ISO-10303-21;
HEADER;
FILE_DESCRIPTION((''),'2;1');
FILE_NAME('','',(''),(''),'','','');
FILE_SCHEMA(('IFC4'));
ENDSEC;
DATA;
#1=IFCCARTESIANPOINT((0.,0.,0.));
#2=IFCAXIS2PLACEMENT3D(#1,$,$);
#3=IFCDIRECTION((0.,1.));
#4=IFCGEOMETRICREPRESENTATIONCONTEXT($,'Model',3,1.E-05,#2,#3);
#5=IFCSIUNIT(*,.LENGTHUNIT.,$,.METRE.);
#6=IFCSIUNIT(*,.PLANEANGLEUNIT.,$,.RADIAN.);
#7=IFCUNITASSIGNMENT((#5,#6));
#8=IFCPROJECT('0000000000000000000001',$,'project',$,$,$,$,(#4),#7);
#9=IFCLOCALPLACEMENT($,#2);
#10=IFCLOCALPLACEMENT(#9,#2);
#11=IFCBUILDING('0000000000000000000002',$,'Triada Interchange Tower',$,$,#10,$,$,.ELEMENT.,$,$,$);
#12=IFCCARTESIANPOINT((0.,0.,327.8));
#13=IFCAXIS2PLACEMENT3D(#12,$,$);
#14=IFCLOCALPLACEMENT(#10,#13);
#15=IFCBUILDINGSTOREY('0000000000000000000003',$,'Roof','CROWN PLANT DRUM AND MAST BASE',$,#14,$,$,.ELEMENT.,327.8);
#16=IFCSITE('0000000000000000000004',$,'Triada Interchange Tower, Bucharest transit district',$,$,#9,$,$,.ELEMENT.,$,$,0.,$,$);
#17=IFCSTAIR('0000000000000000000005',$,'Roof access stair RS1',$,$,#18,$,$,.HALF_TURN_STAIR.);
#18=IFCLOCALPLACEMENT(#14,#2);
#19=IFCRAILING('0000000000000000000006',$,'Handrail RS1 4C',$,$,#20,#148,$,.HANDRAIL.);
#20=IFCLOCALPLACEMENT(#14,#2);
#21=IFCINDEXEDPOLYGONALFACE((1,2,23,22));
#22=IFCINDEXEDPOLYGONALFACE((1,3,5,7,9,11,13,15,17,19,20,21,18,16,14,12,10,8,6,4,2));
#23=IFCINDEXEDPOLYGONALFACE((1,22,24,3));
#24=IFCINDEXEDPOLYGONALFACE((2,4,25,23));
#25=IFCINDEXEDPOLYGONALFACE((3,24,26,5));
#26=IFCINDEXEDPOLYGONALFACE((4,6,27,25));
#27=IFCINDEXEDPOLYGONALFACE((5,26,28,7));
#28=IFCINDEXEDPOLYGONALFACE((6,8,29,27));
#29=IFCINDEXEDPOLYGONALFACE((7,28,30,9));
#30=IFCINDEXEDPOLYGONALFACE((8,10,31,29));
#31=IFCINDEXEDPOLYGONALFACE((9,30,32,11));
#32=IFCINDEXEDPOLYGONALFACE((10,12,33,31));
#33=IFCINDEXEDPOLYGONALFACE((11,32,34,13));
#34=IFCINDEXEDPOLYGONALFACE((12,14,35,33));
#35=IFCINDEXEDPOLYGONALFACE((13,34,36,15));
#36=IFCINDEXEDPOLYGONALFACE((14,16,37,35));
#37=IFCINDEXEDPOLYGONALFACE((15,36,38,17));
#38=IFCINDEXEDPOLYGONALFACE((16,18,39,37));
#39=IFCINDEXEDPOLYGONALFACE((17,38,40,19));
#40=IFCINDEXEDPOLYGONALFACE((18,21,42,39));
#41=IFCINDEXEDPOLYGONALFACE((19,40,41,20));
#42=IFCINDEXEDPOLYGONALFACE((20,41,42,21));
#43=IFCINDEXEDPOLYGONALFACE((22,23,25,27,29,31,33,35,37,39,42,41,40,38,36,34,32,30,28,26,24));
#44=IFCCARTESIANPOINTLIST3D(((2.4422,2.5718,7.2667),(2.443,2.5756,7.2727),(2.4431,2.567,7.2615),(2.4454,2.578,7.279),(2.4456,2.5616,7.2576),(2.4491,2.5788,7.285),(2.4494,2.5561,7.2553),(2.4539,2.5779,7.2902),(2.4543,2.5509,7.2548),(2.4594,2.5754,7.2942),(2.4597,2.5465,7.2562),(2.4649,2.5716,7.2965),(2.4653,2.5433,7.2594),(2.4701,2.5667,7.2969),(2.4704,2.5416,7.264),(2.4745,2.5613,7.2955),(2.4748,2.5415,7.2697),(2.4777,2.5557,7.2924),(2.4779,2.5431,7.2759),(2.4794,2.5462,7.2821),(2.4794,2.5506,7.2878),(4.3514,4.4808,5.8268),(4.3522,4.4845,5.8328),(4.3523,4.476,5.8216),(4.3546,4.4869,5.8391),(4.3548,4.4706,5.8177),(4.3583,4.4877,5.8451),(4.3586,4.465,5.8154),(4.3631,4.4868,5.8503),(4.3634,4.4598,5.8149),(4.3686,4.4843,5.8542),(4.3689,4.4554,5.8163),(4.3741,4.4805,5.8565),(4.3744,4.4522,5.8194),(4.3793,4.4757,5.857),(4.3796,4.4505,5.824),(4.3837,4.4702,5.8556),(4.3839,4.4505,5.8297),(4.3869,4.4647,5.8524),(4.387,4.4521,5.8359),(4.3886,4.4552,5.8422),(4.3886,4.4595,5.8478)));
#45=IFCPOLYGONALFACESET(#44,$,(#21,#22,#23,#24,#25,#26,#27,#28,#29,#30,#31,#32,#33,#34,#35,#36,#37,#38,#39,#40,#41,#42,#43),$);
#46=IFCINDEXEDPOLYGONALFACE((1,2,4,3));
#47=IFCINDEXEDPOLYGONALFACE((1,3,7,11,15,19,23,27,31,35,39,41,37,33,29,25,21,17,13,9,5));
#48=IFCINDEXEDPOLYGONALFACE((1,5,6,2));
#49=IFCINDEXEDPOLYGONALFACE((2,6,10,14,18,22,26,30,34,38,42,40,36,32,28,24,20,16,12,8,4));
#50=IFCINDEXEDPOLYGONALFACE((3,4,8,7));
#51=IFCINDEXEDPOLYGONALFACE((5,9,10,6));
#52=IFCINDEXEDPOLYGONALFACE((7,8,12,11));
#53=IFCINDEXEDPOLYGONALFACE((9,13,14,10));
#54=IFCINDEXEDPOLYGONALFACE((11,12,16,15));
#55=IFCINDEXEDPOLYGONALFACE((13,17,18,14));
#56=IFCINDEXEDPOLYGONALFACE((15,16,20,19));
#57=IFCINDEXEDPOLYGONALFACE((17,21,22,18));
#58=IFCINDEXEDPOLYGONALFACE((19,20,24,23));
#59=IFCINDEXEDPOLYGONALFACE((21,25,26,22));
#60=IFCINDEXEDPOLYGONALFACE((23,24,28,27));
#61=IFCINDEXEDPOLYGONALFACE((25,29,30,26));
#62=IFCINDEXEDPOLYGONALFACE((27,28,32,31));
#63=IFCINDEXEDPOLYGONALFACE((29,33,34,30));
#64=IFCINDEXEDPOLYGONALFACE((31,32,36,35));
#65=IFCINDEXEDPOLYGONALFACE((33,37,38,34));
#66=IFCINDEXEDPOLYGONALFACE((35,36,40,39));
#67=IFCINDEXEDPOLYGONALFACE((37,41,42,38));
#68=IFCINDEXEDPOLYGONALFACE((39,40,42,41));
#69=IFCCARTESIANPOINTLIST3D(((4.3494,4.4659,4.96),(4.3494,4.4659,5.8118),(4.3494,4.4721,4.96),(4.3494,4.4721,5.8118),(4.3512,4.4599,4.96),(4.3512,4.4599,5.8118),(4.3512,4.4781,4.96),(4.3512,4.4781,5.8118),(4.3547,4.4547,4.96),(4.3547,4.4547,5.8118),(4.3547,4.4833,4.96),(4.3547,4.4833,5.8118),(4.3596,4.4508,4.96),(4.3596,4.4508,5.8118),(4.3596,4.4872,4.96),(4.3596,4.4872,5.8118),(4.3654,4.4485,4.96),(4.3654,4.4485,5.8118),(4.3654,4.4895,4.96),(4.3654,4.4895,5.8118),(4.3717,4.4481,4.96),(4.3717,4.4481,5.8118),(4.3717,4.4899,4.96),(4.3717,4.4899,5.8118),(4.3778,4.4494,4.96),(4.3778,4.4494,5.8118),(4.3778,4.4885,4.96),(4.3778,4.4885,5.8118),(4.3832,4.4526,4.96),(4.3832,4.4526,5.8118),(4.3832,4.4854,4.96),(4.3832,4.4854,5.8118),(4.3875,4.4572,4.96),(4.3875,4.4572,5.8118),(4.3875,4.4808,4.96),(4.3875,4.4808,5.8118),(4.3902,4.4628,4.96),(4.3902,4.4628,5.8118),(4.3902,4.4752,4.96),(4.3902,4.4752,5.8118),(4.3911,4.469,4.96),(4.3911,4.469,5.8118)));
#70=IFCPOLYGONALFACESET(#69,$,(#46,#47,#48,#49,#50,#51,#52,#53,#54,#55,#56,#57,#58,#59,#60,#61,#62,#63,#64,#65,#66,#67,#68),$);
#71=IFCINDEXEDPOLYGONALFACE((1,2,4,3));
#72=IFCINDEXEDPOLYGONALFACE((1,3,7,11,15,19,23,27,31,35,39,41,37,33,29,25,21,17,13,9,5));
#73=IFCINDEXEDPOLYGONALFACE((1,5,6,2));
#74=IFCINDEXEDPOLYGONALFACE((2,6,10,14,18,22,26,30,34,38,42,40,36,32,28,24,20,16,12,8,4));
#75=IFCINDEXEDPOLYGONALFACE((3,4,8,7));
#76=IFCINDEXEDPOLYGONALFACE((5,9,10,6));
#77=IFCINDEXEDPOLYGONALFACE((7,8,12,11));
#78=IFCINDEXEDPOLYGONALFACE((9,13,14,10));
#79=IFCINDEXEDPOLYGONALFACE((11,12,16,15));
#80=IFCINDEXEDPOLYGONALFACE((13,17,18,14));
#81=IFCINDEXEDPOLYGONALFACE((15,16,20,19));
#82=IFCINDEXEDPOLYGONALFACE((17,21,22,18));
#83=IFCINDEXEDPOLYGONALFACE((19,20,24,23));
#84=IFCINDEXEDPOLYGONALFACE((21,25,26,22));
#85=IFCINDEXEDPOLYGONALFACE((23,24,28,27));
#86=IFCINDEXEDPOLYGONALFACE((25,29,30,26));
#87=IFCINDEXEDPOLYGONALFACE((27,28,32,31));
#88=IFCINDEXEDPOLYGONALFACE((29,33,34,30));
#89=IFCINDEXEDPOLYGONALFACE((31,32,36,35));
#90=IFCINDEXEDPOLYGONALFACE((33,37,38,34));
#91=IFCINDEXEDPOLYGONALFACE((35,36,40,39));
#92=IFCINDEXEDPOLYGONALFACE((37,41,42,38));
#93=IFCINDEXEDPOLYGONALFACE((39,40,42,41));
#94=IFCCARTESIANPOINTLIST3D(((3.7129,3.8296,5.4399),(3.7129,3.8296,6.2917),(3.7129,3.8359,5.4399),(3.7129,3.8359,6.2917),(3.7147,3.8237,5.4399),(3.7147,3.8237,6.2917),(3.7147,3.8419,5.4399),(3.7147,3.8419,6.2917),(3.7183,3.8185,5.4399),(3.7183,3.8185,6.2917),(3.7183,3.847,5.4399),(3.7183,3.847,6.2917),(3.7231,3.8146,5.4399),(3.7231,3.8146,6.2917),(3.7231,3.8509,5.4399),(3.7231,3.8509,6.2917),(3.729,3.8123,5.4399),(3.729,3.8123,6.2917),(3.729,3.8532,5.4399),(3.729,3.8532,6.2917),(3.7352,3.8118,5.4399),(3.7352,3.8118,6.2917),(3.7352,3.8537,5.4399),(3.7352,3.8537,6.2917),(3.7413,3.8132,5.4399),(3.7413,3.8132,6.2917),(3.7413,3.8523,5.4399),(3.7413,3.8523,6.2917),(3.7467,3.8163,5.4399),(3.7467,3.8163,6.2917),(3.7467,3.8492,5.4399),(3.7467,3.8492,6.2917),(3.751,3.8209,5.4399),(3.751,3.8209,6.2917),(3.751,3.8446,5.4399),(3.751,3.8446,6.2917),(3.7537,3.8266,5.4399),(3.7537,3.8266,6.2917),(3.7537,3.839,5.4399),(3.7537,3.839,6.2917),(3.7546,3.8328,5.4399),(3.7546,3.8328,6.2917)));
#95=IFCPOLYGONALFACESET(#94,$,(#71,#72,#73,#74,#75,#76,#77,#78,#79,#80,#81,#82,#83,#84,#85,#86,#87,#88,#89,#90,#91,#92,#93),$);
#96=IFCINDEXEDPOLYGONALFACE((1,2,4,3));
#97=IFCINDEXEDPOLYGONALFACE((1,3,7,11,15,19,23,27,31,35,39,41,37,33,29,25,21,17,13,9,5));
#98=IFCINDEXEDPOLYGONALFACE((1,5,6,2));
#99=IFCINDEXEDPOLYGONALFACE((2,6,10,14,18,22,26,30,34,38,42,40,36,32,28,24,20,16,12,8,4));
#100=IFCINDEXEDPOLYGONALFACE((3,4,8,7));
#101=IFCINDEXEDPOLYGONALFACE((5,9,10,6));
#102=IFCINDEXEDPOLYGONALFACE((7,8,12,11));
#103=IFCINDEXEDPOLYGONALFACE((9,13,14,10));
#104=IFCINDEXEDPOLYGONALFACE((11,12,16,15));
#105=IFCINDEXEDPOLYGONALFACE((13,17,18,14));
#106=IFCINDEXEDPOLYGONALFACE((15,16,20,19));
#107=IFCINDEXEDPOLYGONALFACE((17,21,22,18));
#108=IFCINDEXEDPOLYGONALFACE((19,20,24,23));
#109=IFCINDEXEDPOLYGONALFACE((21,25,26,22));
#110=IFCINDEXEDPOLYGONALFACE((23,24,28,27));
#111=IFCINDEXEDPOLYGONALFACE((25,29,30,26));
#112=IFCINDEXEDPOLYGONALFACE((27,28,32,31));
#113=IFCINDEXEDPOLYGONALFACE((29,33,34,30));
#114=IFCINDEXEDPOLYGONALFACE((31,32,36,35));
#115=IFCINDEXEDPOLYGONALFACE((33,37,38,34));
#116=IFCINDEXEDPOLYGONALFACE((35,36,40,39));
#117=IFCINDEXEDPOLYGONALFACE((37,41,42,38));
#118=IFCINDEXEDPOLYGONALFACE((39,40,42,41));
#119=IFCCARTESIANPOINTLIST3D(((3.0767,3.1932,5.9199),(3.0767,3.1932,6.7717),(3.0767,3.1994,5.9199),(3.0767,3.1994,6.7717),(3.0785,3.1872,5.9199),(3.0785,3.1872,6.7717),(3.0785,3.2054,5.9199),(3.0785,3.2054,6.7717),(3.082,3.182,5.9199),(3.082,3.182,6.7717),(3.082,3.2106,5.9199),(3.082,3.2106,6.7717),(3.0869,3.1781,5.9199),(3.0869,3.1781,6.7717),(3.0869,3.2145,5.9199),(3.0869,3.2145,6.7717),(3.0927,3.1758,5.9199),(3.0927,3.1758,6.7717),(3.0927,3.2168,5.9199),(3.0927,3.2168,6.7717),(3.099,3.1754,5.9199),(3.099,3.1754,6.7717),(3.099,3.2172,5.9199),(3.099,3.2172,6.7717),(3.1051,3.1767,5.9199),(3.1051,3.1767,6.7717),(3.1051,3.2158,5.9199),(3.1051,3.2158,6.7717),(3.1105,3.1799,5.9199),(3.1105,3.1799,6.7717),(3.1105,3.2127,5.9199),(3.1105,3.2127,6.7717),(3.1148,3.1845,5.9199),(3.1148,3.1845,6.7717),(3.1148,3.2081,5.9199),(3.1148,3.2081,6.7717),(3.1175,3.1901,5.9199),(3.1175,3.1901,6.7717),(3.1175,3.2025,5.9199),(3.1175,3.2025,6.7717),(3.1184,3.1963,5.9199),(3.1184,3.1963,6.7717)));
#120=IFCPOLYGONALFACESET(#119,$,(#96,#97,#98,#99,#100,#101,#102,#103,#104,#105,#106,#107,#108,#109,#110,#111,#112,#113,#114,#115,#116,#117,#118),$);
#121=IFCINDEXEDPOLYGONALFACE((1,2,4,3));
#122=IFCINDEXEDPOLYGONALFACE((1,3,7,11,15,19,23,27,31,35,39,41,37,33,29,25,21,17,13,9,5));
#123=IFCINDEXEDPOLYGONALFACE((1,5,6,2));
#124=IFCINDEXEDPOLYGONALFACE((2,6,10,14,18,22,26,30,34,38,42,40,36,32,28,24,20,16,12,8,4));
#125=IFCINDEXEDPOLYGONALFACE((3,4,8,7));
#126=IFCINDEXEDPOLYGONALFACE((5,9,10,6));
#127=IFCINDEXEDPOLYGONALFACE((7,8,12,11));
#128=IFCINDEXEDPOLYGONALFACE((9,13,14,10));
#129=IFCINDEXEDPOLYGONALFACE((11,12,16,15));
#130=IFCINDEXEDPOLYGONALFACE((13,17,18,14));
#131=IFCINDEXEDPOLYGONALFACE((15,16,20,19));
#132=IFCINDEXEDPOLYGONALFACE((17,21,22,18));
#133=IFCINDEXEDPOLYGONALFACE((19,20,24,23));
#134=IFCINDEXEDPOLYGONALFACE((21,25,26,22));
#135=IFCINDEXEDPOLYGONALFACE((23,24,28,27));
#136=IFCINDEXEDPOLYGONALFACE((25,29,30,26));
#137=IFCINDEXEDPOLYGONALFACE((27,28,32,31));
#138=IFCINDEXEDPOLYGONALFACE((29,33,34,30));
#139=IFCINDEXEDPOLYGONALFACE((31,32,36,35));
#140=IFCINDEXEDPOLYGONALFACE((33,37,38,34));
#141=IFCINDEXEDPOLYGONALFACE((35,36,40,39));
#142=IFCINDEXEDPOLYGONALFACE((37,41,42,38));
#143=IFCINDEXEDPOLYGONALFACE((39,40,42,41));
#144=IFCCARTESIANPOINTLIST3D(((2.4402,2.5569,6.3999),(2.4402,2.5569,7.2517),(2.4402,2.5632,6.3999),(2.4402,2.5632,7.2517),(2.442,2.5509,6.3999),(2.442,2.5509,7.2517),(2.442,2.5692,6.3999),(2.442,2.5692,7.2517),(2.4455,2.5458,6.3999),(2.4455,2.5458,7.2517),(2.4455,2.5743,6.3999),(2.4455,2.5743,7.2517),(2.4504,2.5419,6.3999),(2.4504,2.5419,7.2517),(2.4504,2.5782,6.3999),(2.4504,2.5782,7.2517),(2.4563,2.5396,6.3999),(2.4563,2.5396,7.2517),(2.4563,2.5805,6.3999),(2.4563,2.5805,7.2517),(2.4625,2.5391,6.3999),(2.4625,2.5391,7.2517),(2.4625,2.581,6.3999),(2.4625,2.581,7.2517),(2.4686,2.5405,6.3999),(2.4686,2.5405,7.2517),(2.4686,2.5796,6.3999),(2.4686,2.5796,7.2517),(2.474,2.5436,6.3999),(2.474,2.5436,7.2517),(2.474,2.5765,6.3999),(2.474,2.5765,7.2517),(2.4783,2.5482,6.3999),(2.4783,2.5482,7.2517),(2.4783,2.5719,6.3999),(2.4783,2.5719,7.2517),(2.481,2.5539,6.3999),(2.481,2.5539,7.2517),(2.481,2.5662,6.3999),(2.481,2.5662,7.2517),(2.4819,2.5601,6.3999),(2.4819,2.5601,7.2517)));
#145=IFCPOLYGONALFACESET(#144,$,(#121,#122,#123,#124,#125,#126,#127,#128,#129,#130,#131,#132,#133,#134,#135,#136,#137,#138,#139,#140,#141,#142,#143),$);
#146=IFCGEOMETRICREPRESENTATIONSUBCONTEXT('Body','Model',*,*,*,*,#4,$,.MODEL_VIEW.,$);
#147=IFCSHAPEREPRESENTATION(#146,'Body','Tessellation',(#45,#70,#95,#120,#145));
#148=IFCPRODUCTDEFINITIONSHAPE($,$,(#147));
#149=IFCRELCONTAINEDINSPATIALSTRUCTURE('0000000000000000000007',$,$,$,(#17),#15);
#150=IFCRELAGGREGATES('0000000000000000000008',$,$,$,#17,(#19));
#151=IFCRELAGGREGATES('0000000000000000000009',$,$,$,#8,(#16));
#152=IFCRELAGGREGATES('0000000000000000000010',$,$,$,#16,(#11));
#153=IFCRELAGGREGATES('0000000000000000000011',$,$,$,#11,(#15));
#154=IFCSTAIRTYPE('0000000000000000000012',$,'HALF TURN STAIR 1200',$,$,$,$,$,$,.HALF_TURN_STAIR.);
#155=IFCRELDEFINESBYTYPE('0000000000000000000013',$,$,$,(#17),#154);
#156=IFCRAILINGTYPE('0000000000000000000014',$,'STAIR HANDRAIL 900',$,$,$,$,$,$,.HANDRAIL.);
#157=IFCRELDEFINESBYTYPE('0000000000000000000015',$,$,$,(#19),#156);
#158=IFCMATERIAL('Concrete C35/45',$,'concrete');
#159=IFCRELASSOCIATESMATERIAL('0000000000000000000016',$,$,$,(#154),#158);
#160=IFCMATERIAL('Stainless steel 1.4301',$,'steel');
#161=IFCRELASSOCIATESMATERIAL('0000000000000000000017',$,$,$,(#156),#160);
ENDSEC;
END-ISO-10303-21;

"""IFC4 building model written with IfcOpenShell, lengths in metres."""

from ifc_helpers import new_model, si_unit, direction, frame, origin, origin_2d, place, context, subcontext, project, spatial, circle, extrude, material, type_object, element, aggregate, save


model = new_model("IFC4")

# Units and contexts
model_context = context("Model", 3, precision=1e-05, world=origin(), true_north=direction((0.0, 1.0)))
body_context = subcontext(model_context, "Body", "Model", "MODEL_VIEW")
ifc_project = project(units=[si_unit("LENGTHUNIT", "METRE"), si_unit("PLANEANGLEUNIT", "RADIAN")], contexts=[model_context])

# Site, building, storey
site_placement = place(None, origin())
site = spatial("IfcSite", under=ifc_project, at=site_placement, Name="Triada Interchange Tower, Bucharest transit district", CompositionType="ELEMENT", RefElevation=0.0)
building_placement = place(site_placement, origin())
building = spatial("IfcBuilding", under=site, at=building_placement, Name="Triada Interchange Tower", CompositionType="ELEMENT")
storey_placement = place(building_placement, frame((0.0, 0.0, 327.8)))
storey = spatial("IfcBuildingStorey", under=building, at=storey_placement, Name="Roof", Description="CROWN PLANT DRUM AND MAST BASE", CompositionType="ELEMENT", Elevation=327.8)

# Stair
ifc_material_1 = material(Name="Concrete C35/45", Category="concrete")
stair_type = type_object("IfcStairType", Name="HALF TURN STAIR 1200", PredefinedType="HALF_TURN_STAIR", material=ifc_material_1)
stair_placement = place(storey_placement, origin())
stair = element("IfcStair", 1, at=stair_placement, inside=storey, type_object=stair_type, Name="Roof access stair RS1", PredefinedType="HALF_TURN_STAIR")

# Railing
ifc_material_2 = material(Name="Stainless steel 1.4301", Category="steel")
railing_type_1 = type_object("IfcRailingType", Name="STAIR HANDRAIL 900", PredefinedType="HANDRAIL", material=ifc_material_2)
railing_1_placement = place(storey_placement, frame((4.3701, 4.469, 4.96)))
railing_1 = element("IfcRailing", 2, at=railing_1_placement, type_object=railing_type_1, Name="Handrail RS1 4C", PredefinedType="HANDRAIL", context=body_context, shape_type="SweptSolid", body=[
    extrude(circle(Radius=0.0239, at=origin_2d()), frame((0.0, 0.0, 0.876), z_axis=(-0.623954, -0.623874, 0.470598), x_axis=(0.707062, -0.707152, 0.0)), (0.0, 0.0, 1.0), 3.0598),
    extrude(circle(Radius=0.021, at=origin_2d()), origin(), (0.0, 0.0, 1.0), 0.8518),
    extrude(circle(Radius=0.021, at=origin_2d()), frame((-0.6365, -0.6362, 0.48)), (0.0, 0.0, 1.0), 0.8518),
    extrude(circle(Radius=0.021, at=origin_2d()), frame((-1.2727, -1.2727, 0.96)), (0.0, 0.0, 1.0), 0.8518),
    extrude(circle(Radius=0.021, at=origin_2d()), frame((-1.9092, -1.9089, 1.4399)), (0.0, 0.0, 1.0), 0.8518),
])
aggregate(stair, [railing_1])

save(model, "model.ifc")
